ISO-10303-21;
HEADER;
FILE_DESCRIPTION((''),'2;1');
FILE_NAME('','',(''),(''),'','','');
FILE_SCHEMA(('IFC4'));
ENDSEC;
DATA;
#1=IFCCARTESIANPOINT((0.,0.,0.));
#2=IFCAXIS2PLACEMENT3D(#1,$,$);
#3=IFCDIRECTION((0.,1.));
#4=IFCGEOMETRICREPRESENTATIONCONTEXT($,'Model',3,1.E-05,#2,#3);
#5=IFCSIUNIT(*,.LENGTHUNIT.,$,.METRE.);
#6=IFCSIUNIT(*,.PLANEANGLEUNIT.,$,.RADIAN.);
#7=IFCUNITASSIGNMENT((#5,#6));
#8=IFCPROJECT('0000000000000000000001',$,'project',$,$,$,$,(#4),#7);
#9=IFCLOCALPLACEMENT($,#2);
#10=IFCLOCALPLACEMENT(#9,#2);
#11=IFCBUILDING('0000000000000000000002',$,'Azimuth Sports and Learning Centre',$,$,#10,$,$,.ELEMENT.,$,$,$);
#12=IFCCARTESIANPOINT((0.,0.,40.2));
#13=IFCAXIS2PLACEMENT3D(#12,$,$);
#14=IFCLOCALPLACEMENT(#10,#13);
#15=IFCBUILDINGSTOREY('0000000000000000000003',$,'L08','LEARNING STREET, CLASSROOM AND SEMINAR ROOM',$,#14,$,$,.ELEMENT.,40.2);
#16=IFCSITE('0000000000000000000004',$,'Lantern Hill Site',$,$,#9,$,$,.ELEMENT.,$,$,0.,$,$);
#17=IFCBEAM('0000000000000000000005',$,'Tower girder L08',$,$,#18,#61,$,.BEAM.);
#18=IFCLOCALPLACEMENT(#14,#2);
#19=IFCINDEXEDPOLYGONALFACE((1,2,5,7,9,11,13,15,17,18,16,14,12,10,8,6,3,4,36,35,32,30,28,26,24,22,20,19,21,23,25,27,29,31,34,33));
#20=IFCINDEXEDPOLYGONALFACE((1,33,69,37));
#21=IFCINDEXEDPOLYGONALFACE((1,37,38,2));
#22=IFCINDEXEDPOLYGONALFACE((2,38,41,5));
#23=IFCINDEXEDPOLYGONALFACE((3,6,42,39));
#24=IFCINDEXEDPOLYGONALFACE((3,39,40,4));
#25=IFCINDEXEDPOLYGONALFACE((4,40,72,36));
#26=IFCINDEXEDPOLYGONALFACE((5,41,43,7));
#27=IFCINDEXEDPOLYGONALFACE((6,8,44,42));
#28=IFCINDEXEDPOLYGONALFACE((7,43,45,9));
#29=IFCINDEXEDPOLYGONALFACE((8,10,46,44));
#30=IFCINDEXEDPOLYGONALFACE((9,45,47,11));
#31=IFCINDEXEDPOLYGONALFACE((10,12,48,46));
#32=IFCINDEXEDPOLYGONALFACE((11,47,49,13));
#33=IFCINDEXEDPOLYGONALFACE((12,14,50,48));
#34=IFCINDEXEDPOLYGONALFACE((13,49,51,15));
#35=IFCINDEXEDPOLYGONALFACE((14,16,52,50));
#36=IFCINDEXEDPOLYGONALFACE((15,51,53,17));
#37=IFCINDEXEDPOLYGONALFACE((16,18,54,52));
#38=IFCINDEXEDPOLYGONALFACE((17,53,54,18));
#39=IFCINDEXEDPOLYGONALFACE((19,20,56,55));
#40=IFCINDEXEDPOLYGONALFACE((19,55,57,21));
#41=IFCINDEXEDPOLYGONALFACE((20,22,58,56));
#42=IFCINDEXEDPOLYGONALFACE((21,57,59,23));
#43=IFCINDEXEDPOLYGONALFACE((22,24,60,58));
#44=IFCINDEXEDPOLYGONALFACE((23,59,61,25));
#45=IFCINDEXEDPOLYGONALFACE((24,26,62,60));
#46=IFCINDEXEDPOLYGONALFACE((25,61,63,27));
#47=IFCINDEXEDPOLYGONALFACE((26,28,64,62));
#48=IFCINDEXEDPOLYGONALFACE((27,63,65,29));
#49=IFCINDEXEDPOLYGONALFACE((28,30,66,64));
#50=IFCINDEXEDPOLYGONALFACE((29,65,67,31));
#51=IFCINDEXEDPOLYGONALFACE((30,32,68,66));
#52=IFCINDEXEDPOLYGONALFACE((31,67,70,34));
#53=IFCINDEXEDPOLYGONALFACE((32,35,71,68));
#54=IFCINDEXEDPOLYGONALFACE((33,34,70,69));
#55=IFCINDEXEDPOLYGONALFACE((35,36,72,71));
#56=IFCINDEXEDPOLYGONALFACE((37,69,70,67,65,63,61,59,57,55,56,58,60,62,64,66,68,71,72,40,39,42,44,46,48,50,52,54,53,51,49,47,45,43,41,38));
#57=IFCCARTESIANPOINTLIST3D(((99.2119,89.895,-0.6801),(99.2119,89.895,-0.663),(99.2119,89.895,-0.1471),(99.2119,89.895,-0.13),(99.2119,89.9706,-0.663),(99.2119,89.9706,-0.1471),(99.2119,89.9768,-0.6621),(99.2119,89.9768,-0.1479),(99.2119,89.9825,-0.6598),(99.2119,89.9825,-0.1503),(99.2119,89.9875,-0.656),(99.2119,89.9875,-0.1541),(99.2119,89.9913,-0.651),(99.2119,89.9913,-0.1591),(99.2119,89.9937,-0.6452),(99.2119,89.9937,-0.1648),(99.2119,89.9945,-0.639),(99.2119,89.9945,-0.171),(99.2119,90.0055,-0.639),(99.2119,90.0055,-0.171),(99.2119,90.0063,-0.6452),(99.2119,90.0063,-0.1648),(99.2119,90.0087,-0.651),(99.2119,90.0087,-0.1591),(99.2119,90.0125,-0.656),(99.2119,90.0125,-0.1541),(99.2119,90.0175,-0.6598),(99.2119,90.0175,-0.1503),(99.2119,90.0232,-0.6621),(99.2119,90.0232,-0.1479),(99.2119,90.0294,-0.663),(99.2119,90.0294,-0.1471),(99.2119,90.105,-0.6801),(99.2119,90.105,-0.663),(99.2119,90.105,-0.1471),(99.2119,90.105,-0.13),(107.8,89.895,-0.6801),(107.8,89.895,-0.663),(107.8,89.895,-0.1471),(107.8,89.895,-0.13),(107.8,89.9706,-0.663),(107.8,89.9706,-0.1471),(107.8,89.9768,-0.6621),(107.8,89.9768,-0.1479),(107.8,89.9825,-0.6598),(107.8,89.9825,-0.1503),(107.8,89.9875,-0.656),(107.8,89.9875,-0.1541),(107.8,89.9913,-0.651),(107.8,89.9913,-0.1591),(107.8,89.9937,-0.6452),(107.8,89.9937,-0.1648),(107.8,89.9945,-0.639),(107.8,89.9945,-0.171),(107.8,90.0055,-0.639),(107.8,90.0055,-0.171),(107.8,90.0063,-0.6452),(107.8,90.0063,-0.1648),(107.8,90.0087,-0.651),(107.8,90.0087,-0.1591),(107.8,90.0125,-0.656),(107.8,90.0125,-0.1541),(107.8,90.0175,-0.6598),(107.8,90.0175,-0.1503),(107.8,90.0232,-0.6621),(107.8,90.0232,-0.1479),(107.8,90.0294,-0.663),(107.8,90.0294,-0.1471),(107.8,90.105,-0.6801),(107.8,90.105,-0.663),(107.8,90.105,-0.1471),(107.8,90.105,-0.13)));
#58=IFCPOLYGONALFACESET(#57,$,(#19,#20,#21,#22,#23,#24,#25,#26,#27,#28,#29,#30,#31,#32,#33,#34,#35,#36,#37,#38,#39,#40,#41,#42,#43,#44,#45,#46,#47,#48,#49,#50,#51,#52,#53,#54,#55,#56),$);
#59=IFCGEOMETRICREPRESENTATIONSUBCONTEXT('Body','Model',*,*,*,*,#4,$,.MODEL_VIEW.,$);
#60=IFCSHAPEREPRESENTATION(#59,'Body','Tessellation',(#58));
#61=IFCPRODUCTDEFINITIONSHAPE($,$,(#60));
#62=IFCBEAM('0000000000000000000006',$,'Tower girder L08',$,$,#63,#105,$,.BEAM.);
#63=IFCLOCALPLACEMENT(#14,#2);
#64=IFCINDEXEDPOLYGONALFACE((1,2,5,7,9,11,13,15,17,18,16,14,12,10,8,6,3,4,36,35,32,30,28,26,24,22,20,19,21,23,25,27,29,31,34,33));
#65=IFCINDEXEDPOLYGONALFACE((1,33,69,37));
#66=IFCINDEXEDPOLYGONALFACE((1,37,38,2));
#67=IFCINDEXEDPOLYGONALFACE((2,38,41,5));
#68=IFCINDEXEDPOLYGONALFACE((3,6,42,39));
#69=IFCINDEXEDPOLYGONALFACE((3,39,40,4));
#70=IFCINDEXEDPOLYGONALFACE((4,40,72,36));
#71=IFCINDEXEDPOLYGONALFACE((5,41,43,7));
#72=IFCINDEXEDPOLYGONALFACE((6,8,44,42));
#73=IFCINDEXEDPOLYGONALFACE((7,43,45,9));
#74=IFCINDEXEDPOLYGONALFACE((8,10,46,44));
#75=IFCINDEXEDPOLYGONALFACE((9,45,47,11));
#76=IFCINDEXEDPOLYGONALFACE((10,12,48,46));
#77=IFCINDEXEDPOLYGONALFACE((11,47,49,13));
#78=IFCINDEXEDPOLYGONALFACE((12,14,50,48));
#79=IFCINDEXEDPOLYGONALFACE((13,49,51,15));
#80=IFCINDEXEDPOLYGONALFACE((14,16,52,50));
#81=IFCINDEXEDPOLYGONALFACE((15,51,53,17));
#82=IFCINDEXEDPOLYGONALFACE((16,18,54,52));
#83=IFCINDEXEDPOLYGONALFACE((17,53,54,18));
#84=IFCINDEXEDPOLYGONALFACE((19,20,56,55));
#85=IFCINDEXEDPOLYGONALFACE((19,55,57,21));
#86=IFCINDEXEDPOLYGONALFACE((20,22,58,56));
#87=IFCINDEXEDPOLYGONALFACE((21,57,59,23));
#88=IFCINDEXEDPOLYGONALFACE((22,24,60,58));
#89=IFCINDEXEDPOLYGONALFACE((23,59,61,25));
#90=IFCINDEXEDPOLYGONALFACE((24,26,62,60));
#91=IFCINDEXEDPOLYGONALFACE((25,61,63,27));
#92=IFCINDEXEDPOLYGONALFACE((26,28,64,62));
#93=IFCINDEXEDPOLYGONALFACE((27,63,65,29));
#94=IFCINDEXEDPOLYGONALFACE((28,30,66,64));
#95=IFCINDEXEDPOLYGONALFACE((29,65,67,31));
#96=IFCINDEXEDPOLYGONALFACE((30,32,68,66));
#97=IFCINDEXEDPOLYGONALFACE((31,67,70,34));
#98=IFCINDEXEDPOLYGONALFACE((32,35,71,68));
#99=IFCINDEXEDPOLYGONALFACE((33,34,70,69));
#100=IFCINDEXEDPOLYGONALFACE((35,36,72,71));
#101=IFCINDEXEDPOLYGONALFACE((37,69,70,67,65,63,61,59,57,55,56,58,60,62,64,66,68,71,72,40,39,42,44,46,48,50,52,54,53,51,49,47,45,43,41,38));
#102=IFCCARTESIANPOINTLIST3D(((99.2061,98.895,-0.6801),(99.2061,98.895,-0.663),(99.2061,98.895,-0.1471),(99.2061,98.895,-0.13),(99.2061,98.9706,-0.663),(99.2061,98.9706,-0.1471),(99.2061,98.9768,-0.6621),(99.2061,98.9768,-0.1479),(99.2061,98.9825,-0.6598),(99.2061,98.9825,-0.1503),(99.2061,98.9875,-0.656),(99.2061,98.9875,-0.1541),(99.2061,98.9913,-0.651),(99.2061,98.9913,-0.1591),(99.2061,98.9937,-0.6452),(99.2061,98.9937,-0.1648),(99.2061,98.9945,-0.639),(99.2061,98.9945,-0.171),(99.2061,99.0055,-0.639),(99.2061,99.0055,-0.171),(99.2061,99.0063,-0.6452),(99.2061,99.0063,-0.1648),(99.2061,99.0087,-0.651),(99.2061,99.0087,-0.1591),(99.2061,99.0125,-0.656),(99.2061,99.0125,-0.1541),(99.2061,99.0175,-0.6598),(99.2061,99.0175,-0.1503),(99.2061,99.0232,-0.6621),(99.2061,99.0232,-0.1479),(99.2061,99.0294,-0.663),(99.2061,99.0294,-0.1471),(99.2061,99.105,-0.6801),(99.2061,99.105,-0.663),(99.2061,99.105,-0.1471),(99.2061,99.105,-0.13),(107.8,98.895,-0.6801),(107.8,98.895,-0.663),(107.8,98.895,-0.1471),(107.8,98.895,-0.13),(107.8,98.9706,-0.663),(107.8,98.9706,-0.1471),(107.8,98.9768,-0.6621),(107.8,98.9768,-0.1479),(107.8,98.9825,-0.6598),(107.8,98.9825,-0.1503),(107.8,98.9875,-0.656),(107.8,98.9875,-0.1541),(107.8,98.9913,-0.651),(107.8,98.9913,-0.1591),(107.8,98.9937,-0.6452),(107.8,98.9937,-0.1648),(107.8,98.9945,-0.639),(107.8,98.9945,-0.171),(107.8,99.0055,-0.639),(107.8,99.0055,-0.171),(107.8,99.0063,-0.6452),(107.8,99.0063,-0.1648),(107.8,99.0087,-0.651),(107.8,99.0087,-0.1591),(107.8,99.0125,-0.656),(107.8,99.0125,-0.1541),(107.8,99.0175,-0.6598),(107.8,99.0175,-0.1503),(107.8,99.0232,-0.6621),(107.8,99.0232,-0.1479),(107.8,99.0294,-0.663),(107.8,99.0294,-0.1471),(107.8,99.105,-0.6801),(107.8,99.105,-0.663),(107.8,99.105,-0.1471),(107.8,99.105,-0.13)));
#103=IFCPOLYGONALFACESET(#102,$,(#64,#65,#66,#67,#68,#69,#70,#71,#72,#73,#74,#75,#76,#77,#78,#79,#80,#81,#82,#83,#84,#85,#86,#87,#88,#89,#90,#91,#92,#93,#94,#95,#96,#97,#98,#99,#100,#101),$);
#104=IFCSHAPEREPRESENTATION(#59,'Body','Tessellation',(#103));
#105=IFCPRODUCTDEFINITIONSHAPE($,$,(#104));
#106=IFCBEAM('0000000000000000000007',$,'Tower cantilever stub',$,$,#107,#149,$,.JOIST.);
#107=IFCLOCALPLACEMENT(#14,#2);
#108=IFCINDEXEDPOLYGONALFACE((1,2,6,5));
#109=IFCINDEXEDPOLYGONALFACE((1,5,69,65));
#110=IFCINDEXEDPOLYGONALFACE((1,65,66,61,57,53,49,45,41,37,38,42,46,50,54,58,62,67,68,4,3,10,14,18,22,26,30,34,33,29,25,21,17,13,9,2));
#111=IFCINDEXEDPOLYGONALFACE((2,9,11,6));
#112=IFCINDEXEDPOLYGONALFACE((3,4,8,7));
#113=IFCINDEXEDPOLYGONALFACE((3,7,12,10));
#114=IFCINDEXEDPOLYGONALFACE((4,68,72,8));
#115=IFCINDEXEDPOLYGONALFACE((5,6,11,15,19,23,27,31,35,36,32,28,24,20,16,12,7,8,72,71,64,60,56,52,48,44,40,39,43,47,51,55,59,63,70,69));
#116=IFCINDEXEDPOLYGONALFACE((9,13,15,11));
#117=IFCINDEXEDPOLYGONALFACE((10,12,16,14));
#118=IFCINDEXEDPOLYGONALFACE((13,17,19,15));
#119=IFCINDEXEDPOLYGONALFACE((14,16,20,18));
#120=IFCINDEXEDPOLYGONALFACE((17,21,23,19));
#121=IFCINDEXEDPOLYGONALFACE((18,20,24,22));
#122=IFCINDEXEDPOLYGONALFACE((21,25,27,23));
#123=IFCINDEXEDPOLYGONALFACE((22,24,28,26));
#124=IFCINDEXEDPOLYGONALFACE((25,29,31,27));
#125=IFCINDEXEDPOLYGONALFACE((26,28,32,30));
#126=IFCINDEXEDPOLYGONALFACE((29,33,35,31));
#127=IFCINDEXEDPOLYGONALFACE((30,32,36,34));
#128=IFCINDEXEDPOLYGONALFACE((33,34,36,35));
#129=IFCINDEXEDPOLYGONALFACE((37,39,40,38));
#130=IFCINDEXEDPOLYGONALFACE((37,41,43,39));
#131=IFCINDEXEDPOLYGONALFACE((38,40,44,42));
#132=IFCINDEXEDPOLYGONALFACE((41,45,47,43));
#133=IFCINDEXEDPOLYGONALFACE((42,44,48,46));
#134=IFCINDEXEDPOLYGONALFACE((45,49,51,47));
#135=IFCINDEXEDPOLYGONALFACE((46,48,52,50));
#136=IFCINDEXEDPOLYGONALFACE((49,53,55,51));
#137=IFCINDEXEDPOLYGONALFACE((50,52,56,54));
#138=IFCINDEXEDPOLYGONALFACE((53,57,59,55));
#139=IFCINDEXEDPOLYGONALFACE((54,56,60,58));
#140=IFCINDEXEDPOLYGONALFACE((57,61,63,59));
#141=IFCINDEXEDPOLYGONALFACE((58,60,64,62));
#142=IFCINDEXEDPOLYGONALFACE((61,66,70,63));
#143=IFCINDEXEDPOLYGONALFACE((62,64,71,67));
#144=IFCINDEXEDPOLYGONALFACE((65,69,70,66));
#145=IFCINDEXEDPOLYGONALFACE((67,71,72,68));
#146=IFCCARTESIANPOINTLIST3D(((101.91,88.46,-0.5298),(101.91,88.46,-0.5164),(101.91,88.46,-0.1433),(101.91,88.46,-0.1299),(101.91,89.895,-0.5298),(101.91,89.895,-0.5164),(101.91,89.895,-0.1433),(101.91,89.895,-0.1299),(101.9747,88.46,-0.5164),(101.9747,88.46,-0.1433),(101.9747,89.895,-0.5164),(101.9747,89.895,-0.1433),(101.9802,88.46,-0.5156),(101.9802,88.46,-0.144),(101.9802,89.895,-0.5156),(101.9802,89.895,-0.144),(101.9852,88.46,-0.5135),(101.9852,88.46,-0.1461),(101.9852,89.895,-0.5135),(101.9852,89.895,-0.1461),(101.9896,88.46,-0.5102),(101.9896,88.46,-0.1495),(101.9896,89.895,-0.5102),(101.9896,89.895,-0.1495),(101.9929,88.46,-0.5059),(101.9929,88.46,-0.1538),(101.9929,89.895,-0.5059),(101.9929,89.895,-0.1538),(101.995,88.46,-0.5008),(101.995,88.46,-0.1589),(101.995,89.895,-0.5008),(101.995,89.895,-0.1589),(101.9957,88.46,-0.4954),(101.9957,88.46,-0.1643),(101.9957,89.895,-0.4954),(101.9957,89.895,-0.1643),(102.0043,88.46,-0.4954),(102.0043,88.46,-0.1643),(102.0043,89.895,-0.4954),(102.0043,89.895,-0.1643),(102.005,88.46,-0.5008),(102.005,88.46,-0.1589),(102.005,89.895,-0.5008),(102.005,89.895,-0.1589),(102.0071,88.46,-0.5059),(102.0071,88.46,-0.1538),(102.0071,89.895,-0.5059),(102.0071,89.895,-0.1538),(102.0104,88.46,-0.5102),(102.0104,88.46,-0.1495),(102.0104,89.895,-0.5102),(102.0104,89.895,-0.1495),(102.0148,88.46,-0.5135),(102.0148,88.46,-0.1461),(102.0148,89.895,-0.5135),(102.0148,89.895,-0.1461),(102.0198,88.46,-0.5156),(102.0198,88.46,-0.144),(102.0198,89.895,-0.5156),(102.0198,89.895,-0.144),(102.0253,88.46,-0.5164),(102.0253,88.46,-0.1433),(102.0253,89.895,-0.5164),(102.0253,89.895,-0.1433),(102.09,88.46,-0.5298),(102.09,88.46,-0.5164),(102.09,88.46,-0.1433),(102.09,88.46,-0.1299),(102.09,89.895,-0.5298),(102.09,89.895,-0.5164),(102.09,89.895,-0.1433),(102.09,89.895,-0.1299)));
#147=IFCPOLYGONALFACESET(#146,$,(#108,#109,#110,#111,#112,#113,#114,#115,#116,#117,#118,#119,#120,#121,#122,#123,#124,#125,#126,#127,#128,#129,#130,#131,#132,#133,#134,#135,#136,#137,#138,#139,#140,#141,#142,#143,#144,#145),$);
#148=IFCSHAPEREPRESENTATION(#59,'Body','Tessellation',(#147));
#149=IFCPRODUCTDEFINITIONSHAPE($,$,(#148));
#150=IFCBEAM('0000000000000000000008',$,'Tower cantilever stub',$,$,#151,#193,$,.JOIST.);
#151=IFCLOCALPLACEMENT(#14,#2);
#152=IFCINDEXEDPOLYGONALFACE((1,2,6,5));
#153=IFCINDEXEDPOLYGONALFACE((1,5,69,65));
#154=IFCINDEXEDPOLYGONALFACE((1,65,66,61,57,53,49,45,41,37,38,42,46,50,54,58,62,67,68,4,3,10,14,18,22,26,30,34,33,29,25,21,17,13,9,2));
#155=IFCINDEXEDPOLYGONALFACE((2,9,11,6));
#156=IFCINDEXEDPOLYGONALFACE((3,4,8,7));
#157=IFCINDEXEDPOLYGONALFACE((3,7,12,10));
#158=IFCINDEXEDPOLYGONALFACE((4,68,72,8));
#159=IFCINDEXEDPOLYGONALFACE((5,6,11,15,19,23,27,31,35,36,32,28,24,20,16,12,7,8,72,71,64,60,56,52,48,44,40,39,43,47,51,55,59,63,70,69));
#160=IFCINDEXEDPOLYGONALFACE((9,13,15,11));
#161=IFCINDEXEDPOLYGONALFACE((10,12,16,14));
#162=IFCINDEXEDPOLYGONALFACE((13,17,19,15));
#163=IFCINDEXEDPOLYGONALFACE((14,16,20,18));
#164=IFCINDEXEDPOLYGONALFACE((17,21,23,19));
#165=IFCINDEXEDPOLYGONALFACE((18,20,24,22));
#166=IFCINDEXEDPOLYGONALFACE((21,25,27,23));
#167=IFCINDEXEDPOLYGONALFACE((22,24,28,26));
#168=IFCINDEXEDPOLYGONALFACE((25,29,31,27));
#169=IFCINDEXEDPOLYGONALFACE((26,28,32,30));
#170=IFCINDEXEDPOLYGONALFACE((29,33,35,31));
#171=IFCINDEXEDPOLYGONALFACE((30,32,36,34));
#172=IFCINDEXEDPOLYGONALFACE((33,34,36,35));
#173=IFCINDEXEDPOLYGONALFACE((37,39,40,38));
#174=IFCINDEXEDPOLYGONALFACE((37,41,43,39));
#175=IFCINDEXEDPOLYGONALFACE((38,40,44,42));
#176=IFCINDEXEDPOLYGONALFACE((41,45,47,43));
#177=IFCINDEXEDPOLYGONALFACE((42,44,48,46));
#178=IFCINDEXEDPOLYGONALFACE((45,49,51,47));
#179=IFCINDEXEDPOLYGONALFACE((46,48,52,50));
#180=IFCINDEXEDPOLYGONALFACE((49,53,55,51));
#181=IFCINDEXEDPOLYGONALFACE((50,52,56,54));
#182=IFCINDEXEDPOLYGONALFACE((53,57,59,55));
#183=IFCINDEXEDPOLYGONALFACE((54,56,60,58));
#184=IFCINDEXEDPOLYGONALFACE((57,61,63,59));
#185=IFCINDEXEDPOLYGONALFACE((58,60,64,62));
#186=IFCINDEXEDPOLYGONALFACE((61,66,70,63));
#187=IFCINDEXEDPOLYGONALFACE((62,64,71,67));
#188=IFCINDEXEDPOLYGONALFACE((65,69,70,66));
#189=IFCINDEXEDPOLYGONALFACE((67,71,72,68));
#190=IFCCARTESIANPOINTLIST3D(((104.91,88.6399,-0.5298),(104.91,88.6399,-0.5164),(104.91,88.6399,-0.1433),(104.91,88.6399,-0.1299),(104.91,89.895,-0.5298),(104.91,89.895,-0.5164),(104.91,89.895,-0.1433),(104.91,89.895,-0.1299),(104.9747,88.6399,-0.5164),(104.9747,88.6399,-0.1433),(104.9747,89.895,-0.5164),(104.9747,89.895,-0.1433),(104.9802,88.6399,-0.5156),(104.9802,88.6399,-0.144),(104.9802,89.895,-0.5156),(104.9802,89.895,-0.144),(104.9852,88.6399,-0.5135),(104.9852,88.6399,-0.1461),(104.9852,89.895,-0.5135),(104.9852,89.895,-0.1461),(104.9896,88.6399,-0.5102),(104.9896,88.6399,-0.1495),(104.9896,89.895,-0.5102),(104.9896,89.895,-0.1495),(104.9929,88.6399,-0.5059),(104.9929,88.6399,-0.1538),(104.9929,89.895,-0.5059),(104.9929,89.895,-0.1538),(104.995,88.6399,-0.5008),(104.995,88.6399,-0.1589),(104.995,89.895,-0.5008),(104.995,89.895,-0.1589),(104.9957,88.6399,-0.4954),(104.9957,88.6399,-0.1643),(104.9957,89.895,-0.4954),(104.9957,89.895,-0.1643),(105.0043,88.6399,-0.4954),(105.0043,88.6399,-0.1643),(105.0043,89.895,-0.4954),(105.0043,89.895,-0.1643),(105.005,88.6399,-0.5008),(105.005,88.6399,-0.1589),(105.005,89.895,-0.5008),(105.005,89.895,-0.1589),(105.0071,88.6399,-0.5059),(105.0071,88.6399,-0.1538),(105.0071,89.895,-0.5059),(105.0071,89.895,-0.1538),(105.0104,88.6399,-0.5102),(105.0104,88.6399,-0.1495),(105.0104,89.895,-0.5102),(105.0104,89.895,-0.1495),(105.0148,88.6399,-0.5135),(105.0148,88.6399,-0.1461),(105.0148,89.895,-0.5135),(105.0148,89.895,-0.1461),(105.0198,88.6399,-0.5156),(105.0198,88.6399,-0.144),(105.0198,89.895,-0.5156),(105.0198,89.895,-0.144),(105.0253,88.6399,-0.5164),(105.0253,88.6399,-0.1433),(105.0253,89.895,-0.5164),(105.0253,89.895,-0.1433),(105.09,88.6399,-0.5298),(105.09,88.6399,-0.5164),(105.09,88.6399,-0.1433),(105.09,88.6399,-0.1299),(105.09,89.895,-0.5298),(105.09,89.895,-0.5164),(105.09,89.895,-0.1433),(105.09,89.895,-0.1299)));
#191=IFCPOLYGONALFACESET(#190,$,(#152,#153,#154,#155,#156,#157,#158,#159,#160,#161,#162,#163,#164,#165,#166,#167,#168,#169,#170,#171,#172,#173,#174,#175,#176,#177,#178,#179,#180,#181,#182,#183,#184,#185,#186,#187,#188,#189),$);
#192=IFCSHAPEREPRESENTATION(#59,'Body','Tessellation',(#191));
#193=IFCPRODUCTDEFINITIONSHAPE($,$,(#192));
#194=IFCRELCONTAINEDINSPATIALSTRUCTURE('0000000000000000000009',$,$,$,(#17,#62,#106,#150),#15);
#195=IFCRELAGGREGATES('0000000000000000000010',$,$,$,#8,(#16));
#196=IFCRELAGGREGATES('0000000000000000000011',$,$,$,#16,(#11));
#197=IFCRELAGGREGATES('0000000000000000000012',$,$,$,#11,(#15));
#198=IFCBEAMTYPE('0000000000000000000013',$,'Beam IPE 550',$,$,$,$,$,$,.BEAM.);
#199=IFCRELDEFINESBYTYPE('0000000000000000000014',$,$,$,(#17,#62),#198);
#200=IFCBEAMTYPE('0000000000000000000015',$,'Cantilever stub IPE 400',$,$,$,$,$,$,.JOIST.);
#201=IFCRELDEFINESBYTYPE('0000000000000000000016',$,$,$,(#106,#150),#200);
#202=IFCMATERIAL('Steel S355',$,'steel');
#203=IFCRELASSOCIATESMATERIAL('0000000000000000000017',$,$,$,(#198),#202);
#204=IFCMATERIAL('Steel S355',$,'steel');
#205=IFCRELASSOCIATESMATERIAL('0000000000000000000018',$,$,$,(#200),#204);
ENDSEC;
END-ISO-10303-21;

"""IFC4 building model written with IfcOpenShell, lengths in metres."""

from ifc_helpers import new_model, si_unit, direction, frame, origin, origin_2d, place, context, subcontext, project, spatial, i_section, extrude, material, material_profile, profile_set, type_object, element, save


model = new_model("IFC4")

# Units and contexts
model_context = context("Model", 3, precision=1e-05, world=origin(), true_north=direction((0.0, 1.0)))
body_context = subcontext(model_context, "Body", "Model", "MODEL_VIEW")
ifc_project = project(units=[si_unit("LENGTHUNIT", "METRE"), si_unit("PLANEANGLEUNIT", "RADIAN")], contexts=[model_context])

# Site, building, storey
site_placement = place(None, origin())
site = spatial("IfcSite", under=ifc_project, at=site_placement, Name="Lantern Hill Site", CompositionType="ELEMENT", RefElevation=0.0)
building_placement = place(site_placement, origin())
building = spatial("IfcBuilding", under=site, at=building_placement, Name="Azimuth Sports and Learning Centre", CompositionType="ELEMENT")
storey_placement = place(building_placement, frame((0.0, 0.0, 40.2)))
storey = spatial("IfcBuildingStorey", under=building, at=storey_placement, Name="L08", Description="LEARNING STREET, CLASSROOM AND SEMINAR ROOM", CompositionType="ELEMENT", Elevation=40.2)

# Beams
ifc_material_1 = material(Name="Steel S355", Category="steel")
ifc_material_profile_1 = material_profile(ifc_material_1, i_section(OverallWidth=0.21, OverallDepth=0.55, WebThickness=0.011, FlangeThickness=0.0171, FilletRadius=0.0239, at=origin_2d()), Name="IPE 550")
ifc_profile_set_1 = profile_set([ifc_material_profile_1], Name="Steel S355")
beam_type_1 = type_object("IfcBeamType", Name="Beam IPE 550", PredefinedType="BEAM", material=ifc_profile_set_1)
beam_1_placement = place(storey_placement, frame((99.2119, 90.0, -0.405), z_axis=(1.0, 0.0, 0.0), x_axis=(0.0, 1.0, 0.0)))
element("IfcBeam", 1, at=beam_1_placement, inside=storey, type_object=beam_type_1, Name="Tower girder L08", PredefinedType="BEAM", context=body_context, shape_type="SweptSolid", body=[
    extrude(i_section(OverallWidth=0.21, OverallDepth=0.55, WebThickness=0.011, FlangeThickness=0.0171, FilletRadius=0.0239, at=origin_2d()), origin(), (0.0, 0.0, 1.0), 8.5881),
])
beam_2_placement = place(storey_placement, frame((99.2061, 99.0, -0.405), z_axis=(1.0, 0.0, 0.0), x_axis=(0.0, 1.0, 0.0)))
element("IfcBeam", 2, at=beam_2_placement, inside=storey, type_object=beam_type_1, Name="Tower girder L08", PredefinedType="BEAM", context=body_context, shape_type="SweptSolid", body=[
    extrude(i_section(OverallWidth=0.21, OverallDepth=0.55, WebThickness=0.011, FlangeThickness=0.0171, FilletRadius=0.0239, at=origin_2d()), origin(), (0.0, 0.0, 1.0), 8.594),
])
ifc_material_2 = material(Name="Steel S355", Category="steel")
ifc_material_profile_2 = material_profile(ifc_material_2, i_section(OverallWidth=0.1799, OverallDepth=0.3999, WebThickness=0.0085, FlangeThickness=0.0134, FilletRadius=0.021, at=origin_2d()), Name="IPE 400")
ifc_profile_set_2 = profile_set([ifc_material_profile_2], Name="Steel S355")
beam_type_2 = type_object("IfcBeamType", Name="Cantilever stub IPE 400", PredefinedType="JOIST", material=ifc_profile_set_2)
beam_3_placement = place(storey_placement, frame((102.0, 89.895, -0.3298), z_axis=(0.0, -1.0, 0.0), x_axis=(1.0, 0.0, 0.0)))
element("IfcBeam", 3, at=beam_3_placement, inside=storey, type_object=beam_type_2, Name="Tower cantilever stub", PredefinedType="JOIST", context=body_context, shape_type="SweptSolid", body=[
    extrude(i_section(OverallWidth=0.1799, OverallDepth=0.3999, WebThickness=0.0085, FlangeThickness=0.0134, FilletRadius=0.021, at=origin_2d()), origin(), (0.0, 0.0, 1.0), 1.4351),
])
beam_4_placement = place(storey_placement, frame((105.0, 89.895, -0.3298), z_axis=(0.0, -1.0, 0.0), x_axis=(1.0, 0.0, 0.0)))
element("IfcBeam", 4, at=beam_4_placement, inside=storey, type_object=beam_type_2, Name="Tower cantilever stub", PredefinedType="JOIST", context=body_context, shape_type="SweptSolid", body=[
    extrude(i_section(OverallWidth=0.1799, OverallDepth=0.3999, WebThickness=0.0085, FlangeThickness=0.0134, FilletRadius=0.021, at=origin_2d()), origin(), (0.0, 0.0, 1.0), 1.2551),
])

save(model, "model.ifc")
